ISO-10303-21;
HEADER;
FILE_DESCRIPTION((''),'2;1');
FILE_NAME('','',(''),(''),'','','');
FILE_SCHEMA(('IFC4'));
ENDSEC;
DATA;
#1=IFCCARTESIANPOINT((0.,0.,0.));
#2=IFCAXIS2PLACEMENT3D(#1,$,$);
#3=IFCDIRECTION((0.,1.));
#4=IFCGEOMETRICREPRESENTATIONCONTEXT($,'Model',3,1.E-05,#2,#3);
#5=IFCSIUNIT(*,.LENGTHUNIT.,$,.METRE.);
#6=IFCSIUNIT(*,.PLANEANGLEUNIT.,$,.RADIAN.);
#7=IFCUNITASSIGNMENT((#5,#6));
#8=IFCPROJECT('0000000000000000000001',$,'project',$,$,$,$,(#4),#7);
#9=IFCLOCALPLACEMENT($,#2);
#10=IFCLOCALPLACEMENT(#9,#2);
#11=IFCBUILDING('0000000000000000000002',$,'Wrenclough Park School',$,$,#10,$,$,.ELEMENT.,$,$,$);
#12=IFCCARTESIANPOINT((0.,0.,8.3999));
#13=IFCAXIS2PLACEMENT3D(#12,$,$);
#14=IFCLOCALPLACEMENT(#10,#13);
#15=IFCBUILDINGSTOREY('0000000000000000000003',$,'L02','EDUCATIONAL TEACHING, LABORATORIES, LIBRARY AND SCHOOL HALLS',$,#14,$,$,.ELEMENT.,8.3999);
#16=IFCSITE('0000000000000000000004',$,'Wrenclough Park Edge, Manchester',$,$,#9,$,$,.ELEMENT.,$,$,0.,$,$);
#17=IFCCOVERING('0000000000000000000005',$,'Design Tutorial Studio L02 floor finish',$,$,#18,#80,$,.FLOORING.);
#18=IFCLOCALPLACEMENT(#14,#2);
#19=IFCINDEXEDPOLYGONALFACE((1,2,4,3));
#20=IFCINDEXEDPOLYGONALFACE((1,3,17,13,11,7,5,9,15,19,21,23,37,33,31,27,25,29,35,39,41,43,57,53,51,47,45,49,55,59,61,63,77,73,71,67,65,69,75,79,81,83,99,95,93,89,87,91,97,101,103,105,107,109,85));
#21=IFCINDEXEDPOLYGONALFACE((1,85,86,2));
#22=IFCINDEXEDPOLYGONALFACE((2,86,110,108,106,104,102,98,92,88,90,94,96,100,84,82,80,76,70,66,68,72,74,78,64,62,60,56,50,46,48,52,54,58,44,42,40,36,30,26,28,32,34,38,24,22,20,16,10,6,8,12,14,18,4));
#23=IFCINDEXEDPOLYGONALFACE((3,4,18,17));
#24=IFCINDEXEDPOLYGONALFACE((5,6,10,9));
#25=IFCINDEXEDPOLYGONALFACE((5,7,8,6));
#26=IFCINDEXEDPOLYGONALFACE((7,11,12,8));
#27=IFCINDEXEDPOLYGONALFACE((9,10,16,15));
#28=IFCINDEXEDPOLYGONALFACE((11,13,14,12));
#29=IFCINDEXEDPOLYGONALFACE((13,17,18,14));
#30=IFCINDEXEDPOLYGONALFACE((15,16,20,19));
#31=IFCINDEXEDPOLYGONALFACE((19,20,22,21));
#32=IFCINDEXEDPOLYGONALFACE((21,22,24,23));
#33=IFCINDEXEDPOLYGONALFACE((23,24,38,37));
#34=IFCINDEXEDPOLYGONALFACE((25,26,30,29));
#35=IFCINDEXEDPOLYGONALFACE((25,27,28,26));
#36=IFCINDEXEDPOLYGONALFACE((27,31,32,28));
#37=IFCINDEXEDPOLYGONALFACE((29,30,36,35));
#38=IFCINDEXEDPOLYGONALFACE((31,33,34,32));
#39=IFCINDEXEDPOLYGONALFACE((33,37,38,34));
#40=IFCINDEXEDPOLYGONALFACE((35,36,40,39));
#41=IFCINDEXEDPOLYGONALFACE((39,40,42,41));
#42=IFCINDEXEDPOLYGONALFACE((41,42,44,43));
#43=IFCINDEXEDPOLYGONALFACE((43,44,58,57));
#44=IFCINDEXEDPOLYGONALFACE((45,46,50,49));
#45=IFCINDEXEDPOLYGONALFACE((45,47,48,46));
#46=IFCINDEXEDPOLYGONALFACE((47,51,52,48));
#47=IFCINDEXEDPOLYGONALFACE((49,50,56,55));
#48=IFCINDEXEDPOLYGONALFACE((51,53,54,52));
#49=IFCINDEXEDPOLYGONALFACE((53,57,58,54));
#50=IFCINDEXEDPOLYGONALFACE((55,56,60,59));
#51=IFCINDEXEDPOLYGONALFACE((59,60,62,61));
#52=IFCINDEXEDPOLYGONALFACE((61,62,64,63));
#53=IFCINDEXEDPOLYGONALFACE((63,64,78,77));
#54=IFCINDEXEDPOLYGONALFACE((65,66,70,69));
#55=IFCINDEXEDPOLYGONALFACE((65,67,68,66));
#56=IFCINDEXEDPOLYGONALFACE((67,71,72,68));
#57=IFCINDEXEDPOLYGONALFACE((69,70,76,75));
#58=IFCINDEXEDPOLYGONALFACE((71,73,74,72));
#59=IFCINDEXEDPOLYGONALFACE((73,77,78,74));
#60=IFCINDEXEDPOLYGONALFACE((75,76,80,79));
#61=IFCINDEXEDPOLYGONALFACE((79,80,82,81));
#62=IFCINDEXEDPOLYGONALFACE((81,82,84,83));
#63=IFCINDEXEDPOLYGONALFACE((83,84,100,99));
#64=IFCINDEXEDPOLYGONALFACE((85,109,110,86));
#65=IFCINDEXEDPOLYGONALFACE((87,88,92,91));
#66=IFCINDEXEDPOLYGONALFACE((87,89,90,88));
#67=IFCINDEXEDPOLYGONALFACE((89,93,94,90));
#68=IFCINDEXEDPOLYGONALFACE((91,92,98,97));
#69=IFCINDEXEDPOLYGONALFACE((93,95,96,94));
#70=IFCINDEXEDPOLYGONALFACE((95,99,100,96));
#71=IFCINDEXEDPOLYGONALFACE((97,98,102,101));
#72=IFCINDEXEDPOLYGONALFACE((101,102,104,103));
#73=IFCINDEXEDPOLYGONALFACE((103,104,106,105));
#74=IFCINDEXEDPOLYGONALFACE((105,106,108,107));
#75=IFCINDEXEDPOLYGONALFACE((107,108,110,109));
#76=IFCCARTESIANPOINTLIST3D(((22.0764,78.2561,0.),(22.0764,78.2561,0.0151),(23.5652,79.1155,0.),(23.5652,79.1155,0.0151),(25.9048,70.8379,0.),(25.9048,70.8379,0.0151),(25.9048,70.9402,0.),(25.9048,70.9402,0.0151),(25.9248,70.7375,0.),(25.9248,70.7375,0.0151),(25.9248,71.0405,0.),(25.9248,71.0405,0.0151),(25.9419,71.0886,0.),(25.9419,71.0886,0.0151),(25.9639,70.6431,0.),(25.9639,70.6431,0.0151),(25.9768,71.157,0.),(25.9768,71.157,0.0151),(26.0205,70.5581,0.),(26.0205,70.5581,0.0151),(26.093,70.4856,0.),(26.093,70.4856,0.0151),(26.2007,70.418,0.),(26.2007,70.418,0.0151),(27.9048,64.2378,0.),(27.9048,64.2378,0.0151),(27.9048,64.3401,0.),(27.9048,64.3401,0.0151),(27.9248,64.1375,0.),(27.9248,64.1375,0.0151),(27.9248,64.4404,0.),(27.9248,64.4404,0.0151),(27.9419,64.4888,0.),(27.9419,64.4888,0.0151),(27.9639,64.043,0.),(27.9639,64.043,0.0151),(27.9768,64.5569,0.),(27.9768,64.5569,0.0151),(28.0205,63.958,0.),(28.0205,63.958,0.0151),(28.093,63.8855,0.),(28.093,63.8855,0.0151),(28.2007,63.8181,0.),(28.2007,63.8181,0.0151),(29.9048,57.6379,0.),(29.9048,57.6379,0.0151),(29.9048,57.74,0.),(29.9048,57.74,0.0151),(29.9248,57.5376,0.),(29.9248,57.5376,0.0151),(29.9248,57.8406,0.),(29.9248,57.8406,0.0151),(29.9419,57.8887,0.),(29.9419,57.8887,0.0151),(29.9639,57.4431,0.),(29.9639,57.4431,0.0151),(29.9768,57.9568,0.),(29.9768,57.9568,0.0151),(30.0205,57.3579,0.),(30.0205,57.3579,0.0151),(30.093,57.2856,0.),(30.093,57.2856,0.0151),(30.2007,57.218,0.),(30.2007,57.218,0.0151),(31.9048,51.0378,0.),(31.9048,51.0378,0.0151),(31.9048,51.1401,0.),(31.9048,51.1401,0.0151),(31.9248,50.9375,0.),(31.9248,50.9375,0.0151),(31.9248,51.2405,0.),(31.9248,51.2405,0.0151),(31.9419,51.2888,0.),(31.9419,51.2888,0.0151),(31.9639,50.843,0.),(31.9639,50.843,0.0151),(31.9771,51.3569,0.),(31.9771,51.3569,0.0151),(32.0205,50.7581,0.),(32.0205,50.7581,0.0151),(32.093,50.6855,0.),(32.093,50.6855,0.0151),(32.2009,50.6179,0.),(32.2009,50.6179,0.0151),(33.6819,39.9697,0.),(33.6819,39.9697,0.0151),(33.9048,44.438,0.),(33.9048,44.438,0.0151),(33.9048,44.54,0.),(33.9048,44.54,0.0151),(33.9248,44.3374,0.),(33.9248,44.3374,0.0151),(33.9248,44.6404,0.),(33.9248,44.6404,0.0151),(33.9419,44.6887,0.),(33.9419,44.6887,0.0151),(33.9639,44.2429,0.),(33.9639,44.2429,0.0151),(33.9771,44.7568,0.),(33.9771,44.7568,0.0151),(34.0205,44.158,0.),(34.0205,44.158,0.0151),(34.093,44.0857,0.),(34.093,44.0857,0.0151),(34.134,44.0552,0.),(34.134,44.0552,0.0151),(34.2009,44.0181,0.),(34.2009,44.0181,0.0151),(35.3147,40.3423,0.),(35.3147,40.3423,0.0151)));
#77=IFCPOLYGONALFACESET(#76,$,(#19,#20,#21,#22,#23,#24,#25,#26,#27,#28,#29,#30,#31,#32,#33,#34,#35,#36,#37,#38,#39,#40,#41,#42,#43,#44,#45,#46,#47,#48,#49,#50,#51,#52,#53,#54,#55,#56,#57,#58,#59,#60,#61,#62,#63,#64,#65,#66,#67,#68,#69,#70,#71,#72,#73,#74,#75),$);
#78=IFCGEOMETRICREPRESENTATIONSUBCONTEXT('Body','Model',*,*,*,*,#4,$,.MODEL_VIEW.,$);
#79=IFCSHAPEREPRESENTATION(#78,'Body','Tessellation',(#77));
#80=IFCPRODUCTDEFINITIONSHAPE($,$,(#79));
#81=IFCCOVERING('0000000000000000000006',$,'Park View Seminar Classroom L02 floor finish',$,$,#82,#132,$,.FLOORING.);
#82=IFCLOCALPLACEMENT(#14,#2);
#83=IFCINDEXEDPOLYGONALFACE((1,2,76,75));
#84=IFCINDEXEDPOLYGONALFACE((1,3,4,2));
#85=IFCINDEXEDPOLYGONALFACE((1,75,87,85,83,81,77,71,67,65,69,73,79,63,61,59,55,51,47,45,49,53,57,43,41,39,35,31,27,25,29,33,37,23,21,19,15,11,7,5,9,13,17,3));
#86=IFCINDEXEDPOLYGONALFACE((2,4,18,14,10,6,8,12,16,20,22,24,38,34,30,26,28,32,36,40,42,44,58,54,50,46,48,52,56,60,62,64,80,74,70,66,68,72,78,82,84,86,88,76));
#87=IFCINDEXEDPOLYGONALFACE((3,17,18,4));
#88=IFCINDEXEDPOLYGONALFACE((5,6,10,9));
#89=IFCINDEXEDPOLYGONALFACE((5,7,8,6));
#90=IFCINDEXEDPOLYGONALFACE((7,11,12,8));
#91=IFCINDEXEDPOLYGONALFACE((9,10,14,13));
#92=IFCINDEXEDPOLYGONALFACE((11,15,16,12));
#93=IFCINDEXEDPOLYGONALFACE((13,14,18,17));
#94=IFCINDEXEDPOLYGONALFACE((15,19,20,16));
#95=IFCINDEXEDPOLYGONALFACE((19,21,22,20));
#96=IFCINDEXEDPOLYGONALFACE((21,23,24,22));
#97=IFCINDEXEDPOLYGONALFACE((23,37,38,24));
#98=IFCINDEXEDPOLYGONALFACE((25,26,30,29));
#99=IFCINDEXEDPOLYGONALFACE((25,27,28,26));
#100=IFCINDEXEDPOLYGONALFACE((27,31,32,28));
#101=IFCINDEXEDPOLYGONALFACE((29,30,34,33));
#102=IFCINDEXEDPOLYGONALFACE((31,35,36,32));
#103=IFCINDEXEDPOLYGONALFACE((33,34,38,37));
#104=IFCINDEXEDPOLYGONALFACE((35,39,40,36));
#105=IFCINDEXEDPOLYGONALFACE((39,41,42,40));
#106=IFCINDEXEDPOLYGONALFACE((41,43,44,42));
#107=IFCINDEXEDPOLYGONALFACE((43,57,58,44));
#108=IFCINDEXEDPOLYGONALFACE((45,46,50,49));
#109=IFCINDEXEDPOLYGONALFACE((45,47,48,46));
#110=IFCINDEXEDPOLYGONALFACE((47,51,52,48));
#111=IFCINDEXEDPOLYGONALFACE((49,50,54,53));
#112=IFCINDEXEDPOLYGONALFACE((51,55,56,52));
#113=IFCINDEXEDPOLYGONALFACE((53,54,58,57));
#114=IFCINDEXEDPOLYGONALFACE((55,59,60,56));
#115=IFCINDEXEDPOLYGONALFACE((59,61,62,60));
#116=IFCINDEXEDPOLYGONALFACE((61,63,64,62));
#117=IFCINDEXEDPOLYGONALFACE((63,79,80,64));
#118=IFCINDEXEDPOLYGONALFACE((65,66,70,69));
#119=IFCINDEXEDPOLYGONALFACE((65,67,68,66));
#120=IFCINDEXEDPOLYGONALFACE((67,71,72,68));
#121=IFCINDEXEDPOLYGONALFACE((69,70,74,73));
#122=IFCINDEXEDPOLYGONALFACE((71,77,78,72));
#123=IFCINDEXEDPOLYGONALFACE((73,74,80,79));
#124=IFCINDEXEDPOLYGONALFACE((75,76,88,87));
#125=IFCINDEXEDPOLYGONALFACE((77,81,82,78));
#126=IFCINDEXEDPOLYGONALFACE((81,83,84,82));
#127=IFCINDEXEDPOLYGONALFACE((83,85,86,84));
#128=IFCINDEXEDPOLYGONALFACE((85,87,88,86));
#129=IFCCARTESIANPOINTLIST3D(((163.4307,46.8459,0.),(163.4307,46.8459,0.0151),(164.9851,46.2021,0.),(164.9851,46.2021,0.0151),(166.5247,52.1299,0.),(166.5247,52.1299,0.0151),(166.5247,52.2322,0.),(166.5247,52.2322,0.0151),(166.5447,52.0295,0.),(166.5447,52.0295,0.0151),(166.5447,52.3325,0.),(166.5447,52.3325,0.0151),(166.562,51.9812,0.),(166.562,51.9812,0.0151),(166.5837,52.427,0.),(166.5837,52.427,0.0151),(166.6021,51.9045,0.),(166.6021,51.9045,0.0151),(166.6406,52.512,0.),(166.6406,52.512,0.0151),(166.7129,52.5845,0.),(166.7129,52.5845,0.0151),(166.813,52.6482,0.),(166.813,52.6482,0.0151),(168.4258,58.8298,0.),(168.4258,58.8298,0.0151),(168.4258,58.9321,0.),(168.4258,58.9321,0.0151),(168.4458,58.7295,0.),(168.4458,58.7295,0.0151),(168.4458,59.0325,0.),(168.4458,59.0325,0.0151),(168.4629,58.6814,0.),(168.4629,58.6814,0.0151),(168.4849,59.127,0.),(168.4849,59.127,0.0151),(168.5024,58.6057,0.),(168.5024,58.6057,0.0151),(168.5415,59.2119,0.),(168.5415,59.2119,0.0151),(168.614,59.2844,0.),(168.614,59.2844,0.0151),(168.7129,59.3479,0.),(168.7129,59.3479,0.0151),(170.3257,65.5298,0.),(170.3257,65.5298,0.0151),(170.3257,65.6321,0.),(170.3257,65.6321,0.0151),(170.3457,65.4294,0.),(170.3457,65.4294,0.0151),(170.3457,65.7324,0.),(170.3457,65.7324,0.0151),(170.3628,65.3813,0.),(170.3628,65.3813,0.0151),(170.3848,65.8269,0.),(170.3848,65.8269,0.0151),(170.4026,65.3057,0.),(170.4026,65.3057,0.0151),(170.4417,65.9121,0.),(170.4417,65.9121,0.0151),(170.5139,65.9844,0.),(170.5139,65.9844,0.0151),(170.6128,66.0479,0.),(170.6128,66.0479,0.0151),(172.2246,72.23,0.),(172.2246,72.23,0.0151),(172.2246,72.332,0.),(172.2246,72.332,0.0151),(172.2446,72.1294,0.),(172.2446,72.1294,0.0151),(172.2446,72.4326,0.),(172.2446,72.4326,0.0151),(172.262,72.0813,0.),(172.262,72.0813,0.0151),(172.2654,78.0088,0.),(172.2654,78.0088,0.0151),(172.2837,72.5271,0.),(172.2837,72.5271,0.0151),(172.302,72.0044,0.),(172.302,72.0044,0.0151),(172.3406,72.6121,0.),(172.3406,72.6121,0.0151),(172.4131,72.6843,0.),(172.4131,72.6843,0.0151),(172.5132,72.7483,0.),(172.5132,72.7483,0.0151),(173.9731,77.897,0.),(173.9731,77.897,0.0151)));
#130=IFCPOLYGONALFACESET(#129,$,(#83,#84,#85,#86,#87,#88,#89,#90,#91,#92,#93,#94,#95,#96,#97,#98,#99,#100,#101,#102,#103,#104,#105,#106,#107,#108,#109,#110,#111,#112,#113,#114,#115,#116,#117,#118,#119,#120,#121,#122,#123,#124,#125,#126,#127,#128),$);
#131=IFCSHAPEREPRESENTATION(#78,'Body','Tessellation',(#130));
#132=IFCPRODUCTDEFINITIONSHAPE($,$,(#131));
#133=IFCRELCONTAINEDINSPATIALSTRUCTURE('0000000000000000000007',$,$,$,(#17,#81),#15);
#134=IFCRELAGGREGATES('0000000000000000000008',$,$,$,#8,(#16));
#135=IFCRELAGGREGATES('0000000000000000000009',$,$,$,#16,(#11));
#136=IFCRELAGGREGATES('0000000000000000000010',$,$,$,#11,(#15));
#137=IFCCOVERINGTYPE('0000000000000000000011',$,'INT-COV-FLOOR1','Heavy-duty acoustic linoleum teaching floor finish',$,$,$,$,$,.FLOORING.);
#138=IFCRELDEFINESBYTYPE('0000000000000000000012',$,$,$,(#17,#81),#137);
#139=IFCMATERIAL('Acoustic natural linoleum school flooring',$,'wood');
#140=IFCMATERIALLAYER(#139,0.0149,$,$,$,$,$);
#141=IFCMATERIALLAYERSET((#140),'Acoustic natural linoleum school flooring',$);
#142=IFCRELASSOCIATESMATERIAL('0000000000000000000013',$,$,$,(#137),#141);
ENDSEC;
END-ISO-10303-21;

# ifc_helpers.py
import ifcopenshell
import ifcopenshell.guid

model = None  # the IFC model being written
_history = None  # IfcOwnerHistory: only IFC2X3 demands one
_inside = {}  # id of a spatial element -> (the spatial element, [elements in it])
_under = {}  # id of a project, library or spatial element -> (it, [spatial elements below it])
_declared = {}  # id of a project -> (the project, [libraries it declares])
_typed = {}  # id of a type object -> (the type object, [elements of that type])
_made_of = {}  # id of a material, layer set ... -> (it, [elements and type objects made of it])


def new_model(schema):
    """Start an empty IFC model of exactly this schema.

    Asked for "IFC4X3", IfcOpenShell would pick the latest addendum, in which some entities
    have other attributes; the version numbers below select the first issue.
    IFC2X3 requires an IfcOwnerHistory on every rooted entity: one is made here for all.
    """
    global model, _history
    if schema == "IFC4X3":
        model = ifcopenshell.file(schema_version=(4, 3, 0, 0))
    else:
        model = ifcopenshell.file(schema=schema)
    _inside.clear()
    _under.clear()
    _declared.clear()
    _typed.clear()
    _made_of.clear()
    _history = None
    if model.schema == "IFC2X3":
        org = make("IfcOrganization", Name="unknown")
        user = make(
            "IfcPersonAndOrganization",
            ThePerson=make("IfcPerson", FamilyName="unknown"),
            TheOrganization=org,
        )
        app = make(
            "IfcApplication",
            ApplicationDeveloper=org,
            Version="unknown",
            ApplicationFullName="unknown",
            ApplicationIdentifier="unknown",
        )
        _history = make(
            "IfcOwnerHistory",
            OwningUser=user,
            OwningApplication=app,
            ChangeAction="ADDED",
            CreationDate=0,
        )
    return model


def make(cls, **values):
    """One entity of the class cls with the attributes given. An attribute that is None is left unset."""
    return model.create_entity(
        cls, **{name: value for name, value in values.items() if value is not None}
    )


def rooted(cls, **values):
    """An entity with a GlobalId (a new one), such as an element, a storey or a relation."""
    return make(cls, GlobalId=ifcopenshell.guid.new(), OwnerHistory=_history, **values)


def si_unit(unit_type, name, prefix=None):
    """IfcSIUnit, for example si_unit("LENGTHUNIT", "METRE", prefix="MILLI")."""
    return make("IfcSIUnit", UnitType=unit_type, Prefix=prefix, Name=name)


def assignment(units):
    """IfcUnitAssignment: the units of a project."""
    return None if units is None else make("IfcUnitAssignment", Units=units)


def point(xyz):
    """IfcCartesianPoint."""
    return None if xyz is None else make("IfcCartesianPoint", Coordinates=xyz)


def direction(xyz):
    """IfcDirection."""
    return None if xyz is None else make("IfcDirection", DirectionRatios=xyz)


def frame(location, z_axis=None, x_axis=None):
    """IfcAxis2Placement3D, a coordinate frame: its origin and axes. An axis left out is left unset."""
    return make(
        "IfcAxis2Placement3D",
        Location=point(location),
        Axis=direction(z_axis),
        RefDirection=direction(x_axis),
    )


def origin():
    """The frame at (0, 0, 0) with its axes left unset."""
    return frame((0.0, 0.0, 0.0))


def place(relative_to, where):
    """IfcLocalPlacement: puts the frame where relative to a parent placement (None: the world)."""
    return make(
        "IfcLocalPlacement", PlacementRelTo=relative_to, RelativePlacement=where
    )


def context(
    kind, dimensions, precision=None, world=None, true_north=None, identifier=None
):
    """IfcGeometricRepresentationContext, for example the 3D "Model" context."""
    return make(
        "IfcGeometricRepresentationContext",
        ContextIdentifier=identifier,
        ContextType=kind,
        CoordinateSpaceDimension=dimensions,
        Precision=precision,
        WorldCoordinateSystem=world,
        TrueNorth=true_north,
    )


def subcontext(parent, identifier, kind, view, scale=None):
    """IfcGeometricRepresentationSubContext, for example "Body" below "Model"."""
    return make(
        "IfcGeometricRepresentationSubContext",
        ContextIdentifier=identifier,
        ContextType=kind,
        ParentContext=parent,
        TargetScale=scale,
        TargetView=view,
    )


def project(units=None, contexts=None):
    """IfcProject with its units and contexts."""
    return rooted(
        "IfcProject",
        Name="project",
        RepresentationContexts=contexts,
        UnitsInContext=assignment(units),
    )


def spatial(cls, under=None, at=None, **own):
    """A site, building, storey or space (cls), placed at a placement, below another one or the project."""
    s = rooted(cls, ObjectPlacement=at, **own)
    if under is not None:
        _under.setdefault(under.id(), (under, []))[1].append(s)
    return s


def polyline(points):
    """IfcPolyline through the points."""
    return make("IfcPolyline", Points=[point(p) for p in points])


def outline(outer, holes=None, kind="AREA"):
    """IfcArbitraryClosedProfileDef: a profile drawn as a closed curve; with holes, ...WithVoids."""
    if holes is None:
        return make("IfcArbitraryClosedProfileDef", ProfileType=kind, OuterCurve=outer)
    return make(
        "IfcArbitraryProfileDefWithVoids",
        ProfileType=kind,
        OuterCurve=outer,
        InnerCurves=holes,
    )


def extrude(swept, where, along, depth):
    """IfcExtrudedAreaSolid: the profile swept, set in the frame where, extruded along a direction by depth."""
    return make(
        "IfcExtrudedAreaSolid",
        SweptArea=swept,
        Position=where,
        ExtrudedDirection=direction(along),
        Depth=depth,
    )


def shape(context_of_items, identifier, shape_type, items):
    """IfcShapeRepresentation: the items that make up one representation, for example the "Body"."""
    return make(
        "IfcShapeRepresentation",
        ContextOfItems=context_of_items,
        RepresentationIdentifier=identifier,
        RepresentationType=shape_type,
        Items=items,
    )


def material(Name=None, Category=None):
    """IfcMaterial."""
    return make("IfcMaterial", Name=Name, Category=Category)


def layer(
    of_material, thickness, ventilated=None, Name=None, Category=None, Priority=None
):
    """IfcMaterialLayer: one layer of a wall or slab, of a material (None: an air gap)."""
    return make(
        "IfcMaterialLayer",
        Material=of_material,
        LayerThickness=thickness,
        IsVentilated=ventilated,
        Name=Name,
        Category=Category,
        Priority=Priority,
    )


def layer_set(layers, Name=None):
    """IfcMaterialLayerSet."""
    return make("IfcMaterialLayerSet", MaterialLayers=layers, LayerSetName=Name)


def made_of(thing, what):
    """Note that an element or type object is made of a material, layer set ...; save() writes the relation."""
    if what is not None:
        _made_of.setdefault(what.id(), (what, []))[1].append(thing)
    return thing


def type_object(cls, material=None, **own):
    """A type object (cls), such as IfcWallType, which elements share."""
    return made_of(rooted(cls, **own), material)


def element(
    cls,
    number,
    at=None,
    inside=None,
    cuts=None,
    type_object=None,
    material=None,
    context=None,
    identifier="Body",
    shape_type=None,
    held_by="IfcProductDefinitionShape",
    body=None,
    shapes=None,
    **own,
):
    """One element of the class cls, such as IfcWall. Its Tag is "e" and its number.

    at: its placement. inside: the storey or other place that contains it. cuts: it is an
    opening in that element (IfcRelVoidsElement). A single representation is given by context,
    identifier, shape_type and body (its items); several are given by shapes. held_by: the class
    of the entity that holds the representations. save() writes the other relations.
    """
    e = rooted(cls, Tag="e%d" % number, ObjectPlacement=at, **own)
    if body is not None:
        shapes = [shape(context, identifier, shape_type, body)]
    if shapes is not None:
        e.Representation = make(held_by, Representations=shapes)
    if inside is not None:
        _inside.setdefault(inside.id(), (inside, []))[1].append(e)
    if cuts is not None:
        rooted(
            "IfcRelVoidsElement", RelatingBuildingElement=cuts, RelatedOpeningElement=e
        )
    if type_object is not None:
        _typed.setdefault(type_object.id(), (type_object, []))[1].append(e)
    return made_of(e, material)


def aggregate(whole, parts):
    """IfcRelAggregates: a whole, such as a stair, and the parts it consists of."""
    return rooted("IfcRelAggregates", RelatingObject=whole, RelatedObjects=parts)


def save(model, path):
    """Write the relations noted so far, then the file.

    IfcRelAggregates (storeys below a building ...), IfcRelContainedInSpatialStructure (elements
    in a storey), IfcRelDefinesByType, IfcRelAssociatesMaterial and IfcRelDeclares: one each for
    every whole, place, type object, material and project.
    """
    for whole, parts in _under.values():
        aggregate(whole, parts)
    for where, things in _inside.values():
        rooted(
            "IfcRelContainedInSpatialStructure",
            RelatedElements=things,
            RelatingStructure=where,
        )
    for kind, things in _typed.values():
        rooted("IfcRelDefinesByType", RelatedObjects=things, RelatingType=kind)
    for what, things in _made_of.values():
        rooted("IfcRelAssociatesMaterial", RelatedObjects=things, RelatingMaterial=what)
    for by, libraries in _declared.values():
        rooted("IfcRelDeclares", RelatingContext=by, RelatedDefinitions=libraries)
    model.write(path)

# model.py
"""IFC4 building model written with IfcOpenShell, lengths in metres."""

from ifc_helpers import new_model, si_unit, direction, frame, origin, place, context, subcontext, project, spatial, polyline, outline, extrude, material, layer, layer_set, type_object, element, save


model = new_model("IFC4")

# Units and contexts
model_context = context("Model", 3, precision=1e-05, world=origin(), true_north=direction((0.0, 1.0)))
body_context = subcontext(model_context, "Body", "Model", "MODEL_VIEW")
ifc_project = project(units=[si_unit("LENGTHUNIT", "METRE"), si_unit("PLANEANGLEUNIT", "RADIAN")], contexts=[model_context])

# Site, building, storey
site_placement = place(None, origin())
site = spatial("IfcSite", under=ifc_project, at=site_placement, Name="Wrenclough Park Edge, Manchester", CompositionType="ELEMENT", RefElevation=0.0)
building_placement = place(site_placement, origin())
building = spatial("IfcBuilding", under=site, at=building_placement, Name="Wrenclough Park School", CompositionType="ELEMENT")
storey_placement = place(building_placement, frame((0.0, 0.0, 8.3999)))
storey = spatial("IfcBuildingStorey", under=building, at=storey_placement, Name="L02", Description="EDUCATIONAL TEACHING, LABORATORIES, LIBRARY AND SCHOOL HALLS", CompositionType="ELEMENT", Elevation=8.3999)

# Coverings
ifc_material_1 = material(Name="Acoustic natural linoleum school flooring", Category="wood")
ifc_layer_1 = layer(ifc_material_1, 0.0149)
ifc_layer_set_1 = layer_set([ifc_layer_1], Name="Acoustic natural linoleum school flooring")
covering_type_1 = type_object("IfcCoveringType", Name="INT-COV-FLOOR1", Description="Heavy-duty acoustic linoleum teaching floor finish", PredefinedType="FLOORING", material=ifc_layer_set_1)
covering_1_placement = place(storey_placement, origin())
element("IfcCovering", 1, at=covering_1_placement, inside=storey, type_object=covering_type_1, Name="Design Tutorial Studio L02 floor finish", PredefinedType="FLOORING", context=body_context, shape_type="SweptSolid", body=[
    extrude(outline(polyline([(33.6819, 39.9697), (35.3147, 40.3423), (34.2009, 44.0181), (34.134, 44.0552), (34.093, 44.0857), (34.0205, 44.158), (33.9639, 44.2429), (33.9248, 44.3374), (33.9048, 44.438), (33.9048, 44.54), (33.9248, 44.6404), (33.9419, 44.6887), (33.9771, 44.7568), (32.2009, 50.6179), (32.093, 50.6855), (32.0205, 50.7581), (31.9639, 50.843), (31.9248, 50.9375), (31.9048, 51.0378), (31.9048, 51.1401), (31.9248, 51.2405), (31.9419, 51.2888), (31.9771, 51.3569), (30.2007, 57.218), (30.093, 57.2856), (30.0205, 57.3579), (29.9639, 57.4431), (29.9248, 57.5376), (29.9048, 57.6379), (29.9048, 57.74), (29.9248, 57.8406), (29.9419, 57.8887), (29.9768, 57.9568), (28.2007, 63.8181), (28.093, 63.8855), (28.0205, 63.958), (27.9639, 64.043), (27.9248, 64.1375), (27.9048, 64.2378), (27.9048, 64.3401), (27.9248, 64.4404), (27.9419, 64.4888), (27.9768, 64.5569), (26.2007, 70.418), (26.093, 70.4856), (26.0205, 70.5581), (25.9639, 70.6431), (25.9248, 70.7375), (25.9048, 70.8379), (25.9048, 70.9402), (25.9248, 71.0405), (25.9419, 71.0886), (25.9768, 71.157), (23.5652, 79.1155), (22.0764, 78.2561), (33.6819, 39.9697)])), origin(), (0.0, 0.0, 1.0), 0.0151),
])
covering_2_placement = place(storey_placement, origin())
element("IfcCovering", 2, at=covering_2_placement, inside=storey, type_object=covering_type_1, Name="Park View Seminar Classroom L02 floor finish", PredefinedType="FLOORING", context=body_context, shape_type="SweptSolid", body=[
    extrude(outline(polyline([(163.4307, 46.8459), (164.9851, 46.2021), (166.6021, 51.9045), (166.562, 51.9812), (166.5447, 52.0295), (166.5247, 52.1299), (166.5247, 52.2322), (166.5447, 52.3325), (166.5837, 52.427), (166.6406, 52.512), (166.7129, 52.5845), (166.813, 52.6482), (168.5024, 58.6057), (168.4629, 58.6814), (168.4458, 58.7295), (168.4258, 58.8298), (168.4258, 58.9321), (168.4458, 59.0325), (168.4849, 59.127), (168.5415, 59.2119), (168.614, 59.2844), (168.7129, 59.3479), (170.4026, 65.3057), (170.3628, 65.3813), (170.3457, 65.4294), (170.3257, 65.5298), (170.3257, 65.6321), (170.3457, 65.7324), (170.3848, 65.8269), (170.4417, 65.9121), (170.5139, 65.9844), (170.6128, 66.0479), (172.302, 72.0044), (172.262, 72.0813), (172.2446, 72.1294), (172.2246, 72.23), (172.2246, 72.332), (172.2446, 72.4326), (172.2837, 72.5271), (172.3406, 72.6121), (172.4131, 72.6843), (172.5132, 72.7483), (173.9731, 77.897), (172.2654, 78.0088), (163.4307, 46.8459)])), origin(), (0.0, 0.0, 1.0), 0.0151),
])

save(model, "model.ifc")
